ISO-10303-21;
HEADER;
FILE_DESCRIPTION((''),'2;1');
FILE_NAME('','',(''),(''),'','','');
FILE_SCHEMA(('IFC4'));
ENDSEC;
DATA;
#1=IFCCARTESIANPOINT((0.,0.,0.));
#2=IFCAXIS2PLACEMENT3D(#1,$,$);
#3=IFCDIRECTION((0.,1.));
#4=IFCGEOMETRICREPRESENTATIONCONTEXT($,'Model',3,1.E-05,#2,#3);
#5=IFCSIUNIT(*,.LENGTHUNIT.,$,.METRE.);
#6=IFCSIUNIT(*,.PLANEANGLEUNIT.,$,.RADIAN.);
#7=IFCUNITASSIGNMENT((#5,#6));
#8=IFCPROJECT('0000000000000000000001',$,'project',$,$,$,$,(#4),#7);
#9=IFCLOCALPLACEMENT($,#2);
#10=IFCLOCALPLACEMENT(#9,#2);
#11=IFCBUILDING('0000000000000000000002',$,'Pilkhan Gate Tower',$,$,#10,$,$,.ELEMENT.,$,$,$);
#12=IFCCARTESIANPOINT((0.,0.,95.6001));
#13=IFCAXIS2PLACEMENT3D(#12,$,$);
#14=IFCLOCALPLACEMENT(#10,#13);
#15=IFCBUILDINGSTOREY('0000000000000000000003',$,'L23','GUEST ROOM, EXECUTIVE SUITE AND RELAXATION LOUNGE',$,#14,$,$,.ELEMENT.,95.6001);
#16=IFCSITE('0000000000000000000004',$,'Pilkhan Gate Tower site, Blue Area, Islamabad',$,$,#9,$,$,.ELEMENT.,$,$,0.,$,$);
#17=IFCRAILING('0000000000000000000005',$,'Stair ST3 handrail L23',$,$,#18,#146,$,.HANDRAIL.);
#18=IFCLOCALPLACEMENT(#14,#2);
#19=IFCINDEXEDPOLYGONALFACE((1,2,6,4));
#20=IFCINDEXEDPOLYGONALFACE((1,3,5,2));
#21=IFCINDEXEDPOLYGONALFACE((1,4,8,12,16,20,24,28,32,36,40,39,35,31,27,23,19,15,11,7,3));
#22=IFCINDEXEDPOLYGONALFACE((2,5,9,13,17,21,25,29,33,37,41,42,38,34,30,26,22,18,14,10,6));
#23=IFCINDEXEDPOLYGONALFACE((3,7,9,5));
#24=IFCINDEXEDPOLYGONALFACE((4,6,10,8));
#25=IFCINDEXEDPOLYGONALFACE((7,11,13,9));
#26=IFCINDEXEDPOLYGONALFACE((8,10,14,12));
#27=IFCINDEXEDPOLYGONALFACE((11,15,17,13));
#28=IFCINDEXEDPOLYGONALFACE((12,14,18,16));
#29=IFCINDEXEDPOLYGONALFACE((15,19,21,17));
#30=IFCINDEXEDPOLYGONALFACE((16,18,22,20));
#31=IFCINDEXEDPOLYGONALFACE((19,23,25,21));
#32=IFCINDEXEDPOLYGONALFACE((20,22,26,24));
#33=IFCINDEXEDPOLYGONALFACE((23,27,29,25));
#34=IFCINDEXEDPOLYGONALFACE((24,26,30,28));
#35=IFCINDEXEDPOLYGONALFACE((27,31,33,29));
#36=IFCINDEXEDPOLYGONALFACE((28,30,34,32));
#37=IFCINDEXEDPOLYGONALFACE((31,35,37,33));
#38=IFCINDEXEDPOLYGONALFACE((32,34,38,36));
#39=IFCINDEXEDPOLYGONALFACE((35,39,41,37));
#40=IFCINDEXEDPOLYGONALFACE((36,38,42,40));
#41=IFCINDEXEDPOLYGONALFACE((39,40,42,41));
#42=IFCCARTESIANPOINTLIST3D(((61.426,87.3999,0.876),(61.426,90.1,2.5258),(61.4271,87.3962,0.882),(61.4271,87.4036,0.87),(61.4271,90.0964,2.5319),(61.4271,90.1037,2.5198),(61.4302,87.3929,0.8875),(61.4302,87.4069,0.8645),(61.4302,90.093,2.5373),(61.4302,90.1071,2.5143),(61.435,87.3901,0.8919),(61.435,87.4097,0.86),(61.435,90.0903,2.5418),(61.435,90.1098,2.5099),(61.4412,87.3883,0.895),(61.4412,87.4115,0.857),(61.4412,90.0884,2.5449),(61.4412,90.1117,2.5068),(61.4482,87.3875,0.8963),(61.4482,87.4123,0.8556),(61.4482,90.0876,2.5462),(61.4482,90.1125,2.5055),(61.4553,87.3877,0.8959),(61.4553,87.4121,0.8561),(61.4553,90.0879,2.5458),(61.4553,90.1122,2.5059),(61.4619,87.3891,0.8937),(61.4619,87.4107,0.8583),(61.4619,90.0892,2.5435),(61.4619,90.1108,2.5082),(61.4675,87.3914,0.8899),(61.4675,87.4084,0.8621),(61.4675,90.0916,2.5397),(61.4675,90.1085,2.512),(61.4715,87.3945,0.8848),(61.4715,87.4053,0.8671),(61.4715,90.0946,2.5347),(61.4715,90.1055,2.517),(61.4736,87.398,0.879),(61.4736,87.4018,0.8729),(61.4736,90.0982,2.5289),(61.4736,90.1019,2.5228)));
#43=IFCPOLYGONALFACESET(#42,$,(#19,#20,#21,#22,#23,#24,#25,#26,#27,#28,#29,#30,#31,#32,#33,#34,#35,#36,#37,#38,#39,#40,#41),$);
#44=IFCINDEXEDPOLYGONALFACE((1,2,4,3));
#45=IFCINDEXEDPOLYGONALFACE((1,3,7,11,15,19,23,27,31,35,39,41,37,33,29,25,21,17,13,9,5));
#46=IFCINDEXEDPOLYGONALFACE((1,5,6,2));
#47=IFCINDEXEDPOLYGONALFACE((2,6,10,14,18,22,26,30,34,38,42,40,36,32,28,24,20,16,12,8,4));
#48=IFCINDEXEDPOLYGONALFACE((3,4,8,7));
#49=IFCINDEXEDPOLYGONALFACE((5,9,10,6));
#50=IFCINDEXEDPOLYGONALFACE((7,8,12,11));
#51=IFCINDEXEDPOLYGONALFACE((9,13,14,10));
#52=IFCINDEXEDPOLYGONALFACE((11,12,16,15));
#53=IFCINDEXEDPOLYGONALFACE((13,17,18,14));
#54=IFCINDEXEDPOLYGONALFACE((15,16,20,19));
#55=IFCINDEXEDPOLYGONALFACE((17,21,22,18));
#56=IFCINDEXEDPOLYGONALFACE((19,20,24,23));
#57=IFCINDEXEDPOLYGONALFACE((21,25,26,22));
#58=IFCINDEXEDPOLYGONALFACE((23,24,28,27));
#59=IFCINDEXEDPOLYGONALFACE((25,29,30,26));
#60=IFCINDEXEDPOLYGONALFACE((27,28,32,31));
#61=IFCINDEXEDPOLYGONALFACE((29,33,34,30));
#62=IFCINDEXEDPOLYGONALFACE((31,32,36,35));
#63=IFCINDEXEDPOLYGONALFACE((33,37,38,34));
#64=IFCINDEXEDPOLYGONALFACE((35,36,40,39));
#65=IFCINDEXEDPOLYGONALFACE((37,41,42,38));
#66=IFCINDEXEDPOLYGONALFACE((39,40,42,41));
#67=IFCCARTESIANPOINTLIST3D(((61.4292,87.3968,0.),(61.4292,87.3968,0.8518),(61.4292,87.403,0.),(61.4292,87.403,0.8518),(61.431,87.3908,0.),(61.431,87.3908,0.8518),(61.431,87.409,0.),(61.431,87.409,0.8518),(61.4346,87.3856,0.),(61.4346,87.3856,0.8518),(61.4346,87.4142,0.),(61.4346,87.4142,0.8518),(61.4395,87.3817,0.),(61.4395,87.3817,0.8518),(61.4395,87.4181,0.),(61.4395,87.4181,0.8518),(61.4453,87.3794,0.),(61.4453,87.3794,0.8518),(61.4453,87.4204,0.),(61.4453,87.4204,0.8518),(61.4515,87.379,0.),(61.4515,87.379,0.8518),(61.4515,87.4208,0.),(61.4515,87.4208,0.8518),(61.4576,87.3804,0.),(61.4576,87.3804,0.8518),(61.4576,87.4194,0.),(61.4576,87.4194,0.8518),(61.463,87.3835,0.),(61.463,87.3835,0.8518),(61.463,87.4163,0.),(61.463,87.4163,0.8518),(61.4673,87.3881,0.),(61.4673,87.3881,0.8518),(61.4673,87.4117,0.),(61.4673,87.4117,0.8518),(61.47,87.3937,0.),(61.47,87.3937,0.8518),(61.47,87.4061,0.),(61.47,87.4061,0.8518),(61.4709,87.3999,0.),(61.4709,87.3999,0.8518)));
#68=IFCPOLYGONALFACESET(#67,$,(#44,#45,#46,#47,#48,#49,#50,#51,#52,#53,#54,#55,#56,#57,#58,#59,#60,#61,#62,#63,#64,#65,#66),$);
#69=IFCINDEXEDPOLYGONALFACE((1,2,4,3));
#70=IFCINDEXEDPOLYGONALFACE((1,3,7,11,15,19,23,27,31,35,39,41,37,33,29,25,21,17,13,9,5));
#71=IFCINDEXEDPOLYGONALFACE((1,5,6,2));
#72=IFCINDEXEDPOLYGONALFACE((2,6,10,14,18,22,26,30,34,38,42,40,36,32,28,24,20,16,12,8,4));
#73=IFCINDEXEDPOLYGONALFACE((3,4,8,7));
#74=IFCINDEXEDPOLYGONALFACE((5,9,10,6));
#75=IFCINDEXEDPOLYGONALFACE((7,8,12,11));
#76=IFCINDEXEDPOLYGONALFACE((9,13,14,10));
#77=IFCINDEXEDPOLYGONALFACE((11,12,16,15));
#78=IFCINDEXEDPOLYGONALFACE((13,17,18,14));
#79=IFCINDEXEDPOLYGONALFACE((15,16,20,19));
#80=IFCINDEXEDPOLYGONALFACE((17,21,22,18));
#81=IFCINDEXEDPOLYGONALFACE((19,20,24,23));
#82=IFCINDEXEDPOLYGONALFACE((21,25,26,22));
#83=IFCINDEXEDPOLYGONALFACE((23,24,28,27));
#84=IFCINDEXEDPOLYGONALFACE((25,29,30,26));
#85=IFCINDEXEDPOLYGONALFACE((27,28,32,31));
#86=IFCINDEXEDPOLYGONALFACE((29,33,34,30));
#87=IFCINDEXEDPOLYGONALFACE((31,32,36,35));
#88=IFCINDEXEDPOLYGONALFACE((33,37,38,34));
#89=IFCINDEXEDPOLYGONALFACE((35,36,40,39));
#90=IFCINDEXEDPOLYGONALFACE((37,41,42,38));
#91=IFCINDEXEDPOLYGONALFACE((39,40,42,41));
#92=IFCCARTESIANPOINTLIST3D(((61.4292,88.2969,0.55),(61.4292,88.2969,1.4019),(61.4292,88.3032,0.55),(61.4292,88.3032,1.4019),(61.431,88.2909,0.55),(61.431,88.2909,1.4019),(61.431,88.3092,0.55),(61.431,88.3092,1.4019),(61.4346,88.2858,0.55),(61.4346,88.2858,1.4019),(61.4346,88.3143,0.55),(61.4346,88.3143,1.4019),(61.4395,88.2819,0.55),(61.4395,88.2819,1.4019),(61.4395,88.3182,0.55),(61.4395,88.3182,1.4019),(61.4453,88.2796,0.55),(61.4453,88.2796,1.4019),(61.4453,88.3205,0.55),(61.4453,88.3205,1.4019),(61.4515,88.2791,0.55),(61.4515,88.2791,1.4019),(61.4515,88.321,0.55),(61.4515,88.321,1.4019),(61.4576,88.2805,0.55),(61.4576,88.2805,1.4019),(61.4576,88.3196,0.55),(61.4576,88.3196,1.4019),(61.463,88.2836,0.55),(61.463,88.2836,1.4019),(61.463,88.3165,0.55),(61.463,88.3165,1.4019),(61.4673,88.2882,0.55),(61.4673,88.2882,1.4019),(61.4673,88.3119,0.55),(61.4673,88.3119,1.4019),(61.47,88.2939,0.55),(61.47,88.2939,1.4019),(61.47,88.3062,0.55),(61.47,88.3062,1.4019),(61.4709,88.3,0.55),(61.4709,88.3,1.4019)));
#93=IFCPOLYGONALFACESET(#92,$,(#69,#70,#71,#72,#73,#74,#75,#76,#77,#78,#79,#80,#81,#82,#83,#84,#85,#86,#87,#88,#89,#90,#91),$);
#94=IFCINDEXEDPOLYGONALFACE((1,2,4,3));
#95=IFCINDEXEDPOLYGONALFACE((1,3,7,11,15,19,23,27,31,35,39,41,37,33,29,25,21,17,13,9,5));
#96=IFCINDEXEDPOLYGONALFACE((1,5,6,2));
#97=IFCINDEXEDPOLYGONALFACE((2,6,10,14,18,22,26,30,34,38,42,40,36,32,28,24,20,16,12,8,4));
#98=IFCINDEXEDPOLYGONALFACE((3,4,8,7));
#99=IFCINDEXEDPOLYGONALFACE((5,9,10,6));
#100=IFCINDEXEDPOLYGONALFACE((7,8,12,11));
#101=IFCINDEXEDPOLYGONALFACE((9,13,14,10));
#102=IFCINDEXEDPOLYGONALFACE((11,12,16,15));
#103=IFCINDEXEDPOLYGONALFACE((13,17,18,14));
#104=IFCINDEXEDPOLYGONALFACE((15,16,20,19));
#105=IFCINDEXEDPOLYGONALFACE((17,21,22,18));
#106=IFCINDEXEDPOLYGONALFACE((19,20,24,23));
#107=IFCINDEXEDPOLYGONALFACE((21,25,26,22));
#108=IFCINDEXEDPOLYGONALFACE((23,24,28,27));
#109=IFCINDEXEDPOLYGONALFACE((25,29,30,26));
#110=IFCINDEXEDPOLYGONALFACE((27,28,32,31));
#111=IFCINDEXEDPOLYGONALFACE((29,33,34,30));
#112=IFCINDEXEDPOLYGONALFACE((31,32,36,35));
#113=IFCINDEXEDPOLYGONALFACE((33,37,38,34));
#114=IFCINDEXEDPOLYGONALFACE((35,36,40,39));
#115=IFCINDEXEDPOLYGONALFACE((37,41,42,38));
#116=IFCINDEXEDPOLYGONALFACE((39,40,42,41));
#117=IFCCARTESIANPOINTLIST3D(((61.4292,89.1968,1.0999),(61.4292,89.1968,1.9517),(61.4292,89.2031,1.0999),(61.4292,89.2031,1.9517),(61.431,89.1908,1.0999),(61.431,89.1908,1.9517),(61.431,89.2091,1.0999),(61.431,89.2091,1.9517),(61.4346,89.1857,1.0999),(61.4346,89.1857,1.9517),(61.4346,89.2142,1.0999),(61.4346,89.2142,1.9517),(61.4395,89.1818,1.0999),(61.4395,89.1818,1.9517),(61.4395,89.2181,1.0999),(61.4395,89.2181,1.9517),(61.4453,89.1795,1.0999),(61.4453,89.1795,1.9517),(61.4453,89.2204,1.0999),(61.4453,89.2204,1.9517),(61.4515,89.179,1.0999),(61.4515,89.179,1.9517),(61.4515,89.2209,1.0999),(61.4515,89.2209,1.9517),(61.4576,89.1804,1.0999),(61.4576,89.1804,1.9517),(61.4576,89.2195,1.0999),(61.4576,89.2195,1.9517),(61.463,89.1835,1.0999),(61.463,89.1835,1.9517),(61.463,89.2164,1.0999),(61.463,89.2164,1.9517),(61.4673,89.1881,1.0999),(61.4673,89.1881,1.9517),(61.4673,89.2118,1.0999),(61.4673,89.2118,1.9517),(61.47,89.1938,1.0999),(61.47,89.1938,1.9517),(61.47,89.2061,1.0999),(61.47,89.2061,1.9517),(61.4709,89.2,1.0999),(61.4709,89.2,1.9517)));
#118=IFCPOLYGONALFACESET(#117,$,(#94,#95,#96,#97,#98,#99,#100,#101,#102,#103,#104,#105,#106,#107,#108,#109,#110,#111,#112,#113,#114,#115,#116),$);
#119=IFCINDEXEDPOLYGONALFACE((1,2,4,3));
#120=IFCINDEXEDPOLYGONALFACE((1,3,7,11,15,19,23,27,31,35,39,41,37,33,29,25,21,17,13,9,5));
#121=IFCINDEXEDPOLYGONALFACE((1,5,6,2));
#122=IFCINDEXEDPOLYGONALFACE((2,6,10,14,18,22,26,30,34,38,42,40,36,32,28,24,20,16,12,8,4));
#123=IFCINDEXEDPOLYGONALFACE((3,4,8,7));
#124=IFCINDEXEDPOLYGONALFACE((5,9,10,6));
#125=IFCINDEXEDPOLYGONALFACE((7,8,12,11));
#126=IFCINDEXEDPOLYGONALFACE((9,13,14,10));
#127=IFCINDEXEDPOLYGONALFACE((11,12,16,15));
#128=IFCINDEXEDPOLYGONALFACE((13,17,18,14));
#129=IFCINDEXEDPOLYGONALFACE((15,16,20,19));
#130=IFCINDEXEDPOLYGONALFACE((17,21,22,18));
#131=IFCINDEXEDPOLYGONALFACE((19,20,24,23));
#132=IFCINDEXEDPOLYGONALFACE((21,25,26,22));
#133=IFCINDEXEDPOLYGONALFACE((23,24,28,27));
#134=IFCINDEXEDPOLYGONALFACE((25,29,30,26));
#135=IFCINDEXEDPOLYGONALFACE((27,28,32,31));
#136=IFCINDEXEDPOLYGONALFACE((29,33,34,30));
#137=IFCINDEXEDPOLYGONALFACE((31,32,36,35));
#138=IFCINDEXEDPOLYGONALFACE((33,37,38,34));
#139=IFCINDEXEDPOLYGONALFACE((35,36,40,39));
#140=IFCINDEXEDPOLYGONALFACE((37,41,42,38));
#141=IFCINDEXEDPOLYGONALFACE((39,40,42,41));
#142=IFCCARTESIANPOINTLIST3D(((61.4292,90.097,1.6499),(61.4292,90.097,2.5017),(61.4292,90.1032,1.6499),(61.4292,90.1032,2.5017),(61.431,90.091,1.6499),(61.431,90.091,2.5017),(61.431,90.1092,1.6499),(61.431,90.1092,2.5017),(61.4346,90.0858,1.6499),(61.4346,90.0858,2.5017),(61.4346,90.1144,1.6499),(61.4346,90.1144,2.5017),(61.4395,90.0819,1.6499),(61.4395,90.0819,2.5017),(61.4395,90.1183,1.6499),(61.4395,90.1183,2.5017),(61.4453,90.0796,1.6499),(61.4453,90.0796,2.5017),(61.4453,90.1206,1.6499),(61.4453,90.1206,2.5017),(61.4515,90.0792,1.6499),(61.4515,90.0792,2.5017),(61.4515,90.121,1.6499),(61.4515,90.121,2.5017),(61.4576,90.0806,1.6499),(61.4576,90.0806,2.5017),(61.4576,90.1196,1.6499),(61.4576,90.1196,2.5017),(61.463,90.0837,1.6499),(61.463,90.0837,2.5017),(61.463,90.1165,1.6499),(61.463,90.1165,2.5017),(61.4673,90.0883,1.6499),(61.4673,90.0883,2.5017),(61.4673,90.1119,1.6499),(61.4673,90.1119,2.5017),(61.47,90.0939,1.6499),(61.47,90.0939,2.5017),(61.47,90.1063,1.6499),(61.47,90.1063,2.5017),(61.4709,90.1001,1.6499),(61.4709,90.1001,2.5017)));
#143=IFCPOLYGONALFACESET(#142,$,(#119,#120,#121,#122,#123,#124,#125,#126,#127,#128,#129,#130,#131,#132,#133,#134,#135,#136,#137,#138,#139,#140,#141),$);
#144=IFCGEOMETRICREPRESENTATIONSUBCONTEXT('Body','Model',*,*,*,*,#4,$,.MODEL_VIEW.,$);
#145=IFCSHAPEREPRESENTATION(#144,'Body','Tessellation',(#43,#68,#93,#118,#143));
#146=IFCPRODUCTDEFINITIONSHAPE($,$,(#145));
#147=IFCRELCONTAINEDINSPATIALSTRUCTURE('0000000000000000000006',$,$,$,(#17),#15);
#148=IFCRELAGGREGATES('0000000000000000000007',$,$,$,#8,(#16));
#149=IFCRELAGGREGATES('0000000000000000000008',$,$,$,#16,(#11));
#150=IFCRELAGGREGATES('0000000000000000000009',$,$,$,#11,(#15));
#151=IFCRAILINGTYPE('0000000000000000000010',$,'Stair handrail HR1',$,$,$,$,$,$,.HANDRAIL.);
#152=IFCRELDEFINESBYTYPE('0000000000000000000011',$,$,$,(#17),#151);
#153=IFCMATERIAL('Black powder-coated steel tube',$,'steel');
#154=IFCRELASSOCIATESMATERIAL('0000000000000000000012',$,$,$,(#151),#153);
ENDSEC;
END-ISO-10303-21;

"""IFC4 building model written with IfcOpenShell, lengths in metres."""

from ifc_helpers import new_model, si_unit, direction, frame, origin, origin_2d, place, context, subcontext, project, spatial, circle, extrude, material, type_object, element, save


model = new_model("IFC4")

# Units and contexts
model_context = context("Model", 3, precision=1e-05, world=origin(), true_north=direction((0.0, 1.0)))
body_context = subcontext(model_context, "Body", "Model", "MODEL_VIEW")
ifc_project = project(units=[si_unit("LENGTHUNIT", "METRE"), si_unit("PLANEANGLEUNIT", "RADIAN")], contexts=[model_context])

# Site, building, storey
site_placement = place(None, origin())
site = spatial("IfcSite", under=ifc_project, at=site_placement, Name="Pilkhan Gate Tower site, Blue Area, Islamabad", CompositionType="ELEMENT", RefElevation=0.0)
building_placement = place(site_placement, origin())
building = spatial("IfcBuilding", under=site, at=building_placement, Name="Pilkhan Gate Tower", CompositionType="ELEMENT")
storey_placement = place(building_placement, frame((0.0, 0.0, 95.6001)))
storey = spatial("IfcBuildingStorey", under=building, at=storey_placement, Name="L23", Description="GUEST ROOM, EXECUTIVE SUITE AND RELAXATION LOUNGE", CompositionType="ELEMENT", Elevation=95.6001)

# Railing
ifc_material_1 = material(Name="Black powder-coated steel tube", Category="steel")
railing_type_1 = type_object("IfcRailingType", Name="Stair handrail HR1", PredefinedType="HANDRAIL", material=ifc_material_1)
railing_1_placement = place(storey_placement, frame((61.45, 87.3999, 0.0)))
element("IfcRailing", 1, at=railing_1_placement, inside=storey, type_object=railing_type_1, Name="Stair ST3 handrail L23", PredefinedType="HANDRAIL", context=body_context, shape_type="SweptSolid", body=[
    extrude(circle(Radius=0.0239, at=origin_2d()), frame((0.0, 0.0, 0.876), z_axis=(0.0, 0.853312, 0.5214), x_axis=(-1.0, 0.0, 0.0)), (0.0, 0.0, 1.0), 3.1643),
    extrude(circle(Radius=0.021, at=origin_2d()), origin(), (0.0, 0.0, 1.0), 0.8518),
    extrude(circle(Radius=0.021, at=origin_2d()), frame((0.0, 0.9001, 0.55)), (0.0, 0.0, 1.0), 0.8518),
    extrude(circle(Radius=0.021, at=origin_2d()), frame((0.0, 1.8, 1.0999)), (0.0, 0.0, 1.0), 0.8518),
    extrude(circle(Radius=0.021, at=origin_2d()), frame((0.0, 2.7002, 1.6499)), (0.0, 0.0, 1.0), 0.8518),
])

save(model, "model.ifc")
